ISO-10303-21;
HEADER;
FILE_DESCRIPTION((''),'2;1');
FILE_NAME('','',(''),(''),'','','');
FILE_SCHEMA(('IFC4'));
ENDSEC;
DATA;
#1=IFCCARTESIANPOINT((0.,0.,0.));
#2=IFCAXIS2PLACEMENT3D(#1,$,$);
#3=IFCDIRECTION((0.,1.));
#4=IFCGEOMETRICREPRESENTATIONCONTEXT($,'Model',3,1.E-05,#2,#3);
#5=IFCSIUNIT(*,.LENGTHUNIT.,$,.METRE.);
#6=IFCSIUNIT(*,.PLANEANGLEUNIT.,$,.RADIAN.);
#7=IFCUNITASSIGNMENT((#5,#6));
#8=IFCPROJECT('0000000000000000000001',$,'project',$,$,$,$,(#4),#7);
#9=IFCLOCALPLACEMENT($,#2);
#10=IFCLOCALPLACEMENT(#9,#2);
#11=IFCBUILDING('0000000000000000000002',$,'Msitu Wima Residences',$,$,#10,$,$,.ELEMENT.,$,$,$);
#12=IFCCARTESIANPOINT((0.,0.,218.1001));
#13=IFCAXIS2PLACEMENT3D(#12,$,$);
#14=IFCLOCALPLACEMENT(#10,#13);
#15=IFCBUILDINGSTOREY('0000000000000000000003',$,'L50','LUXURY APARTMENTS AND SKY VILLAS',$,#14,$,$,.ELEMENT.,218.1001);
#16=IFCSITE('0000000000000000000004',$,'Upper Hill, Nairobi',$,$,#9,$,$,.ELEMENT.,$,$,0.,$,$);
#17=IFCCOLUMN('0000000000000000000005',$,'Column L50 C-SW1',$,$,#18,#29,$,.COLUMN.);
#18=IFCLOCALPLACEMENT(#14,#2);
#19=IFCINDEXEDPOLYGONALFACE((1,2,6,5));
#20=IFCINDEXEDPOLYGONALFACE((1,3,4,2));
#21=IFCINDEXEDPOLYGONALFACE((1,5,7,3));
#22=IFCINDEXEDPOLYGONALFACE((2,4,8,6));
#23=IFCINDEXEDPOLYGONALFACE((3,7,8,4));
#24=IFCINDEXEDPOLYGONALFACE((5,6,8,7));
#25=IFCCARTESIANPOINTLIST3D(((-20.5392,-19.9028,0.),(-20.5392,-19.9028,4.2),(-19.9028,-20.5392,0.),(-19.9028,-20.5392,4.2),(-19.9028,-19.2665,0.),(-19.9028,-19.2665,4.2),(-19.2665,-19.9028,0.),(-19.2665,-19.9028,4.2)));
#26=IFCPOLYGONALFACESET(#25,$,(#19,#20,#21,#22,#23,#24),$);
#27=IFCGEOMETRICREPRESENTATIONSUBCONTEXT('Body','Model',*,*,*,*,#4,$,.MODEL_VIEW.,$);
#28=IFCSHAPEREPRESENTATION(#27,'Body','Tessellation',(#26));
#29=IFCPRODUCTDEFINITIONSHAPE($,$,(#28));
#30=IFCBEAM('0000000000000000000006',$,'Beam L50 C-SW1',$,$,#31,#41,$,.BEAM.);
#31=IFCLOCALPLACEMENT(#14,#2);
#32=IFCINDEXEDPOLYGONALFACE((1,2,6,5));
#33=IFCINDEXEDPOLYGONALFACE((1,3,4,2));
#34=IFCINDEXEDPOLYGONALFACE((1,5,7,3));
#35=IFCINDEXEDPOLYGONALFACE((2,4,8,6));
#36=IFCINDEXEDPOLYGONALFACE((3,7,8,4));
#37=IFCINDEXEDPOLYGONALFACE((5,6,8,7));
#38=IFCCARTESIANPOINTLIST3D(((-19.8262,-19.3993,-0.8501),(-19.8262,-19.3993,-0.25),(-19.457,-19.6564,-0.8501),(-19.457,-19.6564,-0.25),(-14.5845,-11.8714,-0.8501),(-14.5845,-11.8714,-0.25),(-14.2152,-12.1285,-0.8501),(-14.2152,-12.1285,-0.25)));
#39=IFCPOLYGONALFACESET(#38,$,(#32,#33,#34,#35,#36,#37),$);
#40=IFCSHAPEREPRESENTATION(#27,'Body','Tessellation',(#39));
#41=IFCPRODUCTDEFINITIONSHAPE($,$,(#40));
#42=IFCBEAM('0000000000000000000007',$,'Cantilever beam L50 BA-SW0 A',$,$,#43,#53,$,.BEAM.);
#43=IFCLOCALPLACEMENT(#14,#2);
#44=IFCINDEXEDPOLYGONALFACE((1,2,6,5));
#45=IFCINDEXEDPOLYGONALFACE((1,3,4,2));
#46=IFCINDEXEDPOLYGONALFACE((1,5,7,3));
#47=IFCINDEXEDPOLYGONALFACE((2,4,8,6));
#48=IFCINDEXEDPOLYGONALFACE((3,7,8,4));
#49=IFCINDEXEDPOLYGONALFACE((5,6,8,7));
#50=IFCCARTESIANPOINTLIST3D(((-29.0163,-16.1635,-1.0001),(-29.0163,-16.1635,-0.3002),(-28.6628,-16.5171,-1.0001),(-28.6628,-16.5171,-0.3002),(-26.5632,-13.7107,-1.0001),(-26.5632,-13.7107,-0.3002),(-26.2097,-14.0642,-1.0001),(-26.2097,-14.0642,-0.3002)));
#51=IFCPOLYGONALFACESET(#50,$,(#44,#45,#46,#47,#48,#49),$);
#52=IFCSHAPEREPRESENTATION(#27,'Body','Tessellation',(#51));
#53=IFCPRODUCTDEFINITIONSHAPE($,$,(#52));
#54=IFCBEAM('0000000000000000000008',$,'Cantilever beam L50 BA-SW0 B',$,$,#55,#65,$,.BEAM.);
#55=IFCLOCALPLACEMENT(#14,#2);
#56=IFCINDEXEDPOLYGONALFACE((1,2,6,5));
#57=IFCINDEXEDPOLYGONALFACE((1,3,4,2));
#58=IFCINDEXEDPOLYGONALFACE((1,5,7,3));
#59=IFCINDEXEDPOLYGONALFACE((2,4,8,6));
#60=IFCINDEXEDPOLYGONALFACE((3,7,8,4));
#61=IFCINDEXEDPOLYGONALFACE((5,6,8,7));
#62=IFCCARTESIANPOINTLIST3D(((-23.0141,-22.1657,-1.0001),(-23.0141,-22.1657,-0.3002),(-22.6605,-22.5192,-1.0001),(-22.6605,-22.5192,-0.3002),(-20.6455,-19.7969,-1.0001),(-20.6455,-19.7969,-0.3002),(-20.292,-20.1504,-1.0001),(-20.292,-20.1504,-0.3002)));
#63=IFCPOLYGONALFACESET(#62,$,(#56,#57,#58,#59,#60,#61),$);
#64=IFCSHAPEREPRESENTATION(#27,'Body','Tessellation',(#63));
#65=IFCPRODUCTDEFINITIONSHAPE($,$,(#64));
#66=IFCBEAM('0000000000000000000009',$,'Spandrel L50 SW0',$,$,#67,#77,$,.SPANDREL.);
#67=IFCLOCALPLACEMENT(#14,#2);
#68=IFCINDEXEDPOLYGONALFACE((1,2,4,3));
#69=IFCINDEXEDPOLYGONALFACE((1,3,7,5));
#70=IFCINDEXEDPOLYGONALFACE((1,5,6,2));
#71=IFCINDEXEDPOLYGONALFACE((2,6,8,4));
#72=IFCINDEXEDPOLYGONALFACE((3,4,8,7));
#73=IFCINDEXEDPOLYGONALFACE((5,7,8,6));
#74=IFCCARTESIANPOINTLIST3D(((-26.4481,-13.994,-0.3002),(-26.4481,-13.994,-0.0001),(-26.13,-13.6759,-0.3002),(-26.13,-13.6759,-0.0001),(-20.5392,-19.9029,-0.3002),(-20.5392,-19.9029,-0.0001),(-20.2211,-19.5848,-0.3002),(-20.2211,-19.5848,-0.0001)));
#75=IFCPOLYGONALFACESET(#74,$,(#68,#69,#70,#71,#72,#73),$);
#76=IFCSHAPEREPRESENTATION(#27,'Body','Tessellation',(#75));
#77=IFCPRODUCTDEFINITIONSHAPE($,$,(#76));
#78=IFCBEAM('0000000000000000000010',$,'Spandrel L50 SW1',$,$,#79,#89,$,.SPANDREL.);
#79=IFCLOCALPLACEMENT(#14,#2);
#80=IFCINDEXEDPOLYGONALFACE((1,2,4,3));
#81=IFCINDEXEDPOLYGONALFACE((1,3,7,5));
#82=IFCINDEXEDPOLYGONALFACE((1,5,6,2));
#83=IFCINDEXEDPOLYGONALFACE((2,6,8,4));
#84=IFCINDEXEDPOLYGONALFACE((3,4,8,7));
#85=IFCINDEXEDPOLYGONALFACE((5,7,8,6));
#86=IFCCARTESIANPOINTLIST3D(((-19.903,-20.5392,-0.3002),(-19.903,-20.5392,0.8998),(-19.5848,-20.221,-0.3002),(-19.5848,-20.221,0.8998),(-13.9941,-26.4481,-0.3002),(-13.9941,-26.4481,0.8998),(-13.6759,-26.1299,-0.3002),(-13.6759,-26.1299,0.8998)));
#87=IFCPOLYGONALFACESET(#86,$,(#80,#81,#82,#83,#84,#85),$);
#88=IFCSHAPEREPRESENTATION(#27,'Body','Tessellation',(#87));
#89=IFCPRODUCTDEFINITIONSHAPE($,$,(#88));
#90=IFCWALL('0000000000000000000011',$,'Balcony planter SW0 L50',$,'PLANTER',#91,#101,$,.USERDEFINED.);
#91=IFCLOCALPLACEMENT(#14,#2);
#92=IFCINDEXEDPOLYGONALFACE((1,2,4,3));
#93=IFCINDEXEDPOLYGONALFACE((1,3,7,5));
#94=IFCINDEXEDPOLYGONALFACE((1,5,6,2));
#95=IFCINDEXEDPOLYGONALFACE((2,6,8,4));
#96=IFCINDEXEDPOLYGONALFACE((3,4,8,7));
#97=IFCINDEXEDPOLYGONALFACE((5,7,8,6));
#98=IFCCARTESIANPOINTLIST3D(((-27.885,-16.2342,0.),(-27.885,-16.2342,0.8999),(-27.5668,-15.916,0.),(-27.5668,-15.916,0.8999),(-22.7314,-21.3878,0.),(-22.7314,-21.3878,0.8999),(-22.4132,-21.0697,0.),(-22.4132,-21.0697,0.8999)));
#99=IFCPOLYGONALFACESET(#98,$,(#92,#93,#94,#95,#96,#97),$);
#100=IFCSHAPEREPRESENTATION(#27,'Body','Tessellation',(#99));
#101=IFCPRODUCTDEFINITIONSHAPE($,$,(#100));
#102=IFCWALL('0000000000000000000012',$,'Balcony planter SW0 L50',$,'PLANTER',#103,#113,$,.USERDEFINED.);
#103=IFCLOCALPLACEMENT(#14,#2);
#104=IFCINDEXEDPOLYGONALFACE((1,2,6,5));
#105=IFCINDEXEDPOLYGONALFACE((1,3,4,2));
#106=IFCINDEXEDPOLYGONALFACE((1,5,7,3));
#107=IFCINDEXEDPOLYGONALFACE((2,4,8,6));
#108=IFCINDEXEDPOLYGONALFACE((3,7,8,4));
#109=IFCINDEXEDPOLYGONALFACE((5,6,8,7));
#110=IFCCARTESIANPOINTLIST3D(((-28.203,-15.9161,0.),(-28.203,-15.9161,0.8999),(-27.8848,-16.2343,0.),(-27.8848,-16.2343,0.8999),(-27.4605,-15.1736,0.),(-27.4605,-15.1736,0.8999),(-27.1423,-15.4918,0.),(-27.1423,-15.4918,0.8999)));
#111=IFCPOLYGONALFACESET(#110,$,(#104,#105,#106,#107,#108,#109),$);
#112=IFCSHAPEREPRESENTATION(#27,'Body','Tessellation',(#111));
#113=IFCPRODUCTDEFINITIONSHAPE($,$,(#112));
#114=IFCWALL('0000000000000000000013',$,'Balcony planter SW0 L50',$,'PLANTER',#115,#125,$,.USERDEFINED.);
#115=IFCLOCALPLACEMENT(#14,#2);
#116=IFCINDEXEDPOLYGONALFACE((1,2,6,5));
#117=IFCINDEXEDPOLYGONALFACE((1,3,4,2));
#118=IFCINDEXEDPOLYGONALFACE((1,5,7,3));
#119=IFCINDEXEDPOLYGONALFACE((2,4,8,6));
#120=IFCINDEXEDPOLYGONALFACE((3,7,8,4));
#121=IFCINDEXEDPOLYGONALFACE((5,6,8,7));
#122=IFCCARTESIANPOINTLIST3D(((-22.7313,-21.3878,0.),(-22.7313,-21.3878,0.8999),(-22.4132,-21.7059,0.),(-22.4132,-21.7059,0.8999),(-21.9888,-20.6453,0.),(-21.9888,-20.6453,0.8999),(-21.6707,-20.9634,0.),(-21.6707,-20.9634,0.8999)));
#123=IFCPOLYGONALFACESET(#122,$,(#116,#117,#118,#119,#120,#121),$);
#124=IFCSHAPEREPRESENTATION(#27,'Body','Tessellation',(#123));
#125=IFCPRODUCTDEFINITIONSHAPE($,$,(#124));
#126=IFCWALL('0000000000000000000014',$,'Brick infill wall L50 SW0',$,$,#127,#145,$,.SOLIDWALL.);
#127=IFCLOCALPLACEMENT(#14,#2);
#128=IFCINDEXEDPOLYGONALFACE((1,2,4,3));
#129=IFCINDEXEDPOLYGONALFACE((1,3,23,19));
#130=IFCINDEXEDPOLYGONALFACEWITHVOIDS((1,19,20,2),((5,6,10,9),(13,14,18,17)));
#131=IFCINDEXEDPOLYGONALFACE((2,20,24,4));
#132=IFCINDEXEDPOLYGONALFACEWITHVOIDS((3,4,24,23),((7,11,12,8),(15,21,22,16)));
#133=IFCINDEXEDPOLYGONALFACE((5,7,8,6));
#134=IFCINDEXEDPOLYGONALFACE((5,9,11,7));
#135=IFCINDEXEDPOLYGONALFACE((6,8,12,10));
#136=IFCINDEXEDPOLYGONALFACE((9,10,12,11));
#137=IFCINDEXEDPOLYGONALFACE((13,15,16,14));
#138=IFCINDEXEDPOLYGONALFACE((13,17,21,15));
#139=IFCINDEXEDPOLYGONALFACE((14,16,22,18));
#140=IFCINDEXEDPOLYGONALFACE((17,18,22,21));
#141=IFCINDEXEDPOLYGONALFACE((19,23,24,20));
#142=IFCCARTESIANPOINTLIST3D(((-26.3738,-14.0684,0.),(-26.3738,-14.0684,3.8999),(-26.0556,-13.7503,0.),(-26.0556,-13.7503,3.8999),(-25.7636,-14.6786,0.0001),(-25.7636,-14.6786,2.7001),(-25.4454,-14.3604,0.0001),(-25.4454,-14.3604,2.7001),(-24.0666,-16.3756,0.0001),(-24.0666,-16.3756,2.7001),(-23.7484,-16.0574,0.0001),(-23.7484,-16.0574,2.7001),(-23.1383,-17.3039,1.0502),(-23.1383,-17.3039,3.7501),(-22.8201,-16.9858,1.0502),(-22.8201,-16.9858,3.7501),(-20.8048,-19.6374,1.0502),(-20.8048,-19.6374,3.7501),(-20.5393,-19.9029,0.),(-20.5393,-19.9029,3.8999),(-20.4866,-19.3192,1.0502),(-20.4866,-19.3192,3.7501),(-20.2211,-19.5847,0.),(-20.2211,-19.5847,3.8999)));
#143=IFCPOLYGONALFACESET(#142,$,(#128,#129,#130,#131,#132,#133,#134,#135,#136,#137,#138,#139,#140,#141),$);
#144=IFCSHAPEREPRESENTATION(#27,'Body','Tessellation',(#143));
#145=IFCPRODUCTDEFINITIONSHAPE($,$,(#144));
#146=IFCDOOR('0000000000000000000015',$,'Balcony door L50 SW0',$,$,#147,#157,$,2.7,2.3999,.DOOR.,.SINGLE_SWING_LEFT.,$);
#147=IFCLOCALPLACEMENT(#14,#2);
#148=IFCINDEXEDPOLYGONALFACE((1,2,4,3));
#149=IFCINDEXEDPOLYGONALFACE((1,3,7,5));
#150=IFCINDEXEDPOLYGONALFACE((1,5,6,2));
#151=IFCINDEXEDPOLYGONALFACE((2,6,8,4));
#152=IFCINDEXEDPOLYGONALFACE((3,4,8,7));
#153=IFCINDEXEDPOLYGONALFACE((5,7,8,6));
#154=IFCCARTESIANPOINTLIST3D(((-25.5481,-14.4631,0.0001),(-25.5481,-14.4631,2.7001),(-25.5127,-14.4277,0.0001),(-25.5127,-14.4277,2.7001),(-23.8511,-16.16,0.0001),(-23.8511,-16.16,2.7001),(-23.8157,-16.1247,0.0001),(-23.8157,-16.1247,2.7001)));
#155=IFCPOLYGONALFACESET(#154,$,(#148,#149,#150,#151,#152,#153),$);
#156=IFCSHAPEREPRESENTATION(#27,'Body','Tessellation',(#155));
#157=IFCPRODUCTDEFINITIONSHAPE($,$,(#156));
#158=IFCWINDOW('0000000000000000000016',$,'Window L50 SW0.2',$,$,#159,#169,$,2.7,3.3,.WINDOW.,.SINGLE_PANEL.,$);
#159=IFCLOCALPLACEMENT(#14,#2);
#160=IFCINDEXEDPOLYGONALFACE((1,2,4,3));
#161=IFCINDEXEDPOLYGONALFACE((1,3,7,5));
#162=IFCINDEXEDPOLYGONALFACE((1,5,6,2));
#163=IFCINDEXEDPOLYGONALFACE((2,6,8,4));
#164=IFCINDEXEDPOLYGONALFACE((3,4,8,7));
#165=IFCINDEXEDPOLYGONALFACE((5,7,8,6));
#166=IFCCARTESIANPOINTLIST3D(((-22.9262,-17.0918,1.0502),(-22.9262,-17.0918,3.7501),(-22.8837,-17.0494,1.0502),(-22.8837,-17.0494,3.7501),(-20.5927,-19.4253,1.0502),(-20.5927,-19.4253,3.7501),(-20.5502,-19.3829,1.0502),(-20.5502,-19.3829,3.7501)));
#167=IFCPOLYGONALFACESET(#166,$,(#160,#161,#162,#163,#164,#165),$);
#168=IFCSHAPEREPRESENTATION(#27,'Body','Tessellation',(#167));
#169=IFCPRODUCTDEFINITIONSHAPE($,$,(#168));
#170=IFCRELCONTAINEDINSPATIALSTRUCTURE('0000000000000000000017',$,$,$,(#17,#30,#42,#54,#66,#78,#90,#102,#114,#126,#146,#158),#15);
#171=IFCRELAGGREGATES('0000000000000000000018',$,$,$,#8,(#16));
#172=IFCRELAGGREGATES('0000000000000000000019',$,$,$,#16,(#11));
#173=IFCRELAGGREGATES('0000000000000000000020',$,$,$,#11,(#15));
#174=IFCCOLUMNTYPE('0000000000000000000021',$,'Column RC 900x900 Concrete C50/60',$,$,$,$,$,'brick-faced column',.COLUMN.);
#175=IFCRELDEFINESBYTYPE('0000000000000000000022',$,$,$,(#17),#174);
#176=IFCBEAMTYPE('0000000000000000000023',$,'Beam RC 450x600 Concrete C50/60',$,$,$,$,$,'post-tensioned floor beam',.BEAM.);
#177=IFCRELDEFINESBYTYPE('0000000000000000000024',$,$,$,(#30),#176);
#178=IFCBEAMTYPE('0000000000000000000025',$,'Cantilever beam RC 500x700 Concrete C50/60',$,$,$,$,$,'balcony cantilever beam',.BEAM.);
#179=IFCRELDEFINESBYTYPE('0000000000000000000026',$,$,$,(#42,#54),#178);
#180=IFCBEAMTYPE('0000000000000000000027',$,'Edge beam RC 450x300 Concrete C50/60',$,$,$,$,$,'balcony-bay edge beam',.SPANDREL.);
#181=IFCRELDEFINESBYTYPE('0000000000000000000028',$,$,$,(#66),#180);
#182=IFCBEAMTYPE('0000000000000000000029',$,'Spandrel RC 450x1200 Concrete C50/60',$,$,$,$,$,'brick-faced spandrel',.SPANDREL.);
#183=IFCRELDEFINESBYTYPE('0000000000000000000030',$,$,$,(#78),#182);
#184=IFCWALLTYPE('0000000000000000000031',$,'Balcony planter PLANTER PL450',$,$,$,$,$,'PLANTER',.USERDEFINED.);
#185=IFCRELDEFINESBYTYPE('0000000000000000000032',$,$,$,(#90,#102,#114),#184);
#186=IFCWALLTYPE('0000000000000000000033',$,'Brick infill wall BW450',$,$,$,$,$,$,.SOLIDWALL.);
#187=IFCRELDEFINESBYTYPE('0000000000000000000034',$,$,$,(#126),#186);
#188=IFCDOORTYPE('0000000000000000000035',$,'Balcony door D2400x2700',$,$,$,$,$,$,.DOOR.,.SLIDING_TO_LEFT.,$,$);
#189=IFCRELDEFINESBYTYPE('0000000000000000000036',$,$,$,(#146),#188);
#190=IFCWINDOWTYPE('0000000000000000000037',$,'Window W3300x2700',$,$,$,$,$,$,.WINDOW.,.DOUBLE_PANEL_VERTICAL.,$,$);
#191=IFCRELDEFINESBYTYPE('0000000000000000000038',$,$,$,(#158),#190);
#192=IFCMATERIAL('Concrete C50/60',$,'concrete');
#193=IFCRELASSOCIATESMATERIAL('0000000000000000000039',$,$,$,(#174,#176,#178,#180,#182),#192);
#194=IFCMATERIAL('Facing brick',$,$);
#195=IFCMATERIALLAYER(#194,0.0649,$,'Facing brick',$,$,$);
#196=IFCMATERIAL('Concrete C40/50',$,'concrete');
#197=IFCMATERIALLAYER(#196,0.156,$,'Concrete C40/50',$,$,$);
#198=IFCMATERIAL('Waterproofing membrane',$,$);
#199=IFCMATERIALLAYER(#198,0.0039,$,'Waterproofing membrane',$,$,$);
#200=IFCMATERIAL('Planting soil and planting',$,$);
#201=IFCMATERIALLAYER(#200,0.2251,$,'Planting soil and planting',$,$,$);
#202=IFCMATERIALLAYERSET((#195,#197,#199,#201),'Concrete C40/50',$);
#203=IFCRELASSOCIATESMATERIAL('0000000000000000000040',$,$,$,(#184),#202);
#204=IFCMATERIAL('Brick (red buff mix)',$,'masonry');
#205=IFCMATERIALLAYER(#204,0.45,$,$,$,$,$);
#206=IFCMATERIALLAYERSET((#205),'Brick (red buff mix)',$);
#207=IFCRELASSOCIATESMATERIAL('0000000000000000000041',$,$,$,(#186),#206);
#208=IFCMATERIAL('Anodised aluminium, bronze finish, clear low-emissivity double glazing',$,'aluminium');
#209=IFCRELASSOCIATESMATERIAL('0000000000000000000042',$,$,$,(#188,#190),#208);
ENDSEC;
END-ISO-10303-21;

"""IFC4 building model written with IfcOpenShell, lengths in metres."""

from ifc_helpers import new_model, si_unit, direction, frame, frame_2d, origin, origin_2d, place, context, subcontext, project, spatial, rectangle, extrude, material, layer, layer_set, material_profile, profile_set, type_object, element, fill, save


model = new_model("IFC4")

# Units and contexts
model_context = context("Model", 3, precision=1e-05, world=origin(), true_north=direction((0.0, 1.0)))
body_context = subcontext(model_context, "Body", "Model", "MODEL_VIEW")
ifc_project = project(units=[si_unit("LENGTHUNIT", "METRE"), si_unit("PLANEANGLEUNIT", "RADIAN")], contexts=[model_context])

# Site, building, storey
site_placement = place(None, origin())
site = spatial("IfcSite", under=ifc_project, at=site_placement, Name="Upper Hill, Nairobi", CompositionType="ELEMENT", RefElevation=0.0)
building_placement = place(site_placement, origin())
building = spatial("IfcBuilding", under=site, at=building_placement, Name="Msitu Wima Residences", CompositionType="ELEMENT")
storey_placement = place(building_placement, frame((0.0, 0.0, 218.1001)))
storey = spatial("IfcBuildingStorey", under=building, at=storey_placement, Name="L50", Description="LUXURY APARTMENTS AND SKY VILLAS", CompositionType="ELEMENT", Elevation=218.1001)

# Column
ifc_material_1 = material(Name="Concrete C50/60", Category="concrete")
ifc_material_profile_1 = material_profile(ifc_material_1, rectangle(XDim=0.8999, YDim=0.8999, at=origin_2d()), Name="RC 900x900")
ifc_profile_set_1 = profile_set([ifc_material_profile_1], Name="Concrete C50/60")
column_type = type_object("IfcColumnType", Name="Column RC 900x900 Concrete C50/60", ElementType="brick-faced column", PredefinedType="COLUMN", material=ifc_profile_set_1)
column_placement = place(storey_placement, frame((-19.9028, -19.9028, 0.0), z_axis=(0.0, 0.0, 1.0), x_axis=(0.707107, -0.707107, 0.0)))
element("IfcColumn", 1, at=column_placement, inside=storey, type_object=column_type, Name="Column L50 C-SW1", PredefinedType="COLUMN", context=body_context, shape_type="SweptSolid", body=[
    extrude(rectangle(XDim=0.8999, YDim=0.8999, at=origin_2d()), origin(), (0.0, 0.0, 1.0), 4.2),
])

# Beams
ifc_material_profile_2 = material_profile(ifc_material_1, rectangle(XDim=0.45, YDim=0.6001, at=origin_2d()), Name="RC 450x600")
ifc_profile_set_2 = profile_set([ifc_material_profile_2], Name="Concrete C50/60")
beam_type_1 = type_object("IfcBeamType", Name="Beam RC 450x600 Concrete C50/60", ElementType="post-tensioned floor beam", PredefinedType="BEAM", material=ifc_profile_set_2)
beam_1_placement = place(storey_placement, frame((-19.6416, -19.5278, -0.55), z_axis=(0.571428, 0.820652, 0.0), x_axis=(-0.820652, 0.571428, 0.0)))
element("IfcBeam", 2, at=beam_1_placement, inside=storey, type_object=beam_type_1, Name="Beam L50 C-SW1", PredefinedType="BEAM", context=body_context, shape_type="SweptSolid", body=[
    extrude(rectangle(XDim=0.45, YDim=0.6001, at=origin_2d()), origin(), (0.0, 0.0, 1.0), 9.1731),
])
ifc_material_profile_3 = material_profile(ifc_material_1, rectangle(XDim=0.5, YDim=0.7, at=origin_2d()), Name="RC 500x700")
ifc_profile_set_3 = profile_set([ifc_material_profile_3], Name="Concrete C50/60")
beam_type_2 = type_object("IfcBeamType", Name="Cantilever beam RC 500x700 Concrete C50/60", ElementType="balcony cantilever beam", PredefinedType="BEAM", material=ifc_profile_set_3)
beam_2_placement = place(storey_placement, frame((-26.3865, -13.8875, -0.6501), z_axis=(-0.707142, -0.707072, 0.0), x_axis=(0.707072, -0.707142, 0.0)))
element("IfcBeam", 3, at=beam_2_placement, inside=storey, type_object=beam_type_2, Name="Cantilever beam L50 BA-SW0 A", PredefinedType="BEAM", context=body_context, shape_type="SweptSolid", body=[
    extrude(rectangle(XDim=0.5, YDim=0.7, at=origin_2d()), origin(), (0.0, 0.0, 1.0), 3.469),
])
beam_3_placement = place(storey_placement, frame((-20.4688, -19.9736, -0.6501), z_axis=(-0.70707, -0.707143, 0.0), x_axis=(0.707143, -0.70707, 0.0)))
element("IfcBeam", 4, at=beam_3_placement, inside=storey, type_object=beam_type_2, Name="Cantilever beam L50 BA-SW0 B", PredefinedType="BEAM", context=body_context, shape_type="SweptSolid", body=[
    extrude(rectangle(XDim=0.5, YDim=0.7, at=origin_2d()), origin(), (0.0, 0.0, 1.0), 3.3499),
])
ifc_material_profile_4 = material_profile(ifc_material_1, rectangle(XDim=0.45, YDim=0.3, at=origin_2d()), Name="RC 450x300")
ifc_profile_set_4 = profile_set([ifc_material_profile_4], Name="Concrete C50/60")
beam_type_3 = type_object("IfcBeamType", Name="Edge beam RC 450x300 Concrete C50/60", ElementType="balcony-bay edge beam", PredefinedType="SPANDREL", material=ifc_profile_set_4)
beam_4_placement = place(storey_placement, frame((-26.2891, -13.835, -0.1501), z_axis=(0.707107, -0.707107, 0.0), x_axis=(0.707107, 0.707107, 0.0)))
element("IfcBeam", 5, at=beam_4_placement, inside=storey, type_object=beam_type_3, Name="Spandrel L50 SW0", PredefinedType="SPANDREL", context=body_context, shape_type="SweptSolid", body=[
    extrude(rectangle(XDim=0.45, YDim=0.3, at=origin_2d()), origin(), (0.0, 0.0, 1.0), 8.3564),
])
ifc_material_profile_5 = material_profile(ifc_material_1, rectangle(XDim=0.45, YDim=1.2, at=origin_2d()), Name="RC 450x1200")
ifc_profile_set_5 = profile_set([ifc_material_profile_5], Name="Concrete C50/60")
beam_type_4 = type_object("IfcBeamType", Name="Spandrel RC 450x1200 Concrete C50/60", ElementType="brick-faced spandrel", PredefinedType="SPANDREL", material=ifc_profile_set_5)
beam_5_placement = place(storey_placement, frame((-19.7439, -20.3801, 0.2998), z_axis=(0.707107, -0.707107, 0.0), x_axis=(0.707107, 0.707107, 0.0)))
element("IfcBeam", 6, at=beam_5_placement, inside=storey, type_object=beam_type_4, Name="Spandrel L50 SW1", PredefinedType="SPANDREL", context=body_context, shape_type="SweptSolid", body=[
    extrude(rectangle(XDim=0.45, YDim=1.2, at=origin_2d()), origin(), (0.0, 0.0, 1.0), 8.3564),
])

# Walls
ifc_material_2 = material(Name="Facing brick")
ifc_layer_1 = layer(ifc_material_2, 0.0649, Name="Facing brick")
ifc_material_3 = material(Name="Concrete C40/50", Category="concrete")
ifc_layer_2 = layer(ifc_material_3, 0.156, Name="Concrete C40/50")
ifc_material_4 = material(Name="Waterproofing membrane")
ifc_layer_3 = layer(ifc_material_4, 0.0039, Name="Waterproofing membrane")
ifc_material_5 = material(Name="Planting soil and planting")
ifc_layer_4 = layer(ifc_material_5, 0.2251, Name="Planting soil and planting")
ifc_layer_set_1 = layer_set([ifc_layer_1, ifc_layer_2, ifc_layer_3, ifc_layer_4], Name="Concrete C40/50")
wall_type_1 = type_object("IfcWallType", Name="Balcony planter PLANTER PL450", ElementType="PLANTER", PredefinedType="USERDEFINED", material=ifc_layer_set_1)
wall_1_placement = place(storey_placement, frame((-27.7258, -16.0752, 0.0), z_axis=(0.0, 0.0, 1.0), x_axis=(0.707107, -0.707107, 0.0)))
element("IfcWall", 7, at=wall_1_placement, inside=storey, type_object=wall_type_1, Name="Balcony planter SW0 L50", ObjectType="PLANTER", PredefinedType="USERDEFINED", context=body_context, shape_type="SweptSolid", body=[
    extrude(rectangle(XDim=7.2883, YDim=0.45, at=frame_2d((3.644, 0.0))), origin(), (0.0, 0.0, 1.0), 0.8999),
])
for number, where, z_axis, x_axis, name in (
    (8, (-27.3015, -15.3328, 0.0), (0.0, 0.0, 1.0), (-0.707107, -0.707107, 0.0), "Balcony planter SW0 L50"),
    (9, (-21.8298, -20.8044, 0.0), (0.0, 0.0, 1.0), (-0.707107, -0.707107, 0.0), "Balcony planter SW0 L50"),
):
    element("IfcWall", number, at=place(storey_placement, frame(where, z_axis=z_axis, x_axis=x_axis)), inside=storey, type_object=wall_type_1, Name=name, ObjectType="PLANTER", PredefinedType="USERDEFINED", context=body_context, shape_type="SweptSolid", body=[
        extrude(rectangle(XDim=1.05, YDim=0.45, at=frame_2d((0.5249, 0.0))), origin(), (0.0, 0.0, 1.0), 0.8999),
    ])

# Wall, openings, door, window
ifc_material_6 = material(Name="Brick (red buff mix)", Category="masonry")
ifc_layer_5 = layer(ifc_material_6, 0.45)
ifc_layer_set_2 = layer_set([ifc_layer_5], Name="Brick (red buff mix)")
wall_type_2 = type_object("IfcWallType", Name="Brick infill wall BW450", PredefinedType="SOLIDWALL", material=ifc_layer_set_2)
wall_2_placement = place(storey_placement, frame((-26.2146, -13.9094, 0.0), z_axis=(0.0, 0.0, 1.0), x_axis=(0.707107, -0.707107, 0.0)))
wall_2 = element("IfcWall", 10, at=wall_2_placement, inside=storey, type_object=wall_type_2, Name="Brick infill wall L50 SW0", PredefinedType="SOLIDWALL", context=body_context, shape_type="SweptSolid", body=[
    extrude(rectangle(XDim=8.2512, YDim=0.45, at=frame_2d((4.1255, 0.0))), origin(), (0.0, 0.0, 1.0), 3.8999),
])
opening_1_placement = place(wall_2_placement, frame((0.8628, 0.0, 0.0)))
opening_1 = element("IfcOpeningElement", 11, at=opening_1_placement, cuts=wall_2, PredefinedType="OPENING", context=body_context, shape_type="SweptSolid", body=[
    extrude(rectangle(XDim=2.3999, YDim=2.7, at=frame_2d((1.2, 1.3501))), frame((0.0, 0.2349, 0.0), z_axis=(0.0, -1.0, 0.0), x_axis=(1.0, 0.0, 0.0)), (0.0, 0.0, 1.0), 0.47),
])
opening_2_placement = place(wall_2_placement, frame((4.5757, 0.0, 1.05)))
opening_2 = element("IfcOpeningElement", 12, at=opening_2_placement, cuts=wall_2, PredefinedType="OPENING", context=body_context, shape_type="SweptSolid", body=[
    extrude(rectangle(XDim=3.3, YDim=2.7, at=frame_2d((1.6499, 1.3501))), frame((0.0, 0.2349, 0.0), z_axis=(0.0, -1.0, 0.0), x_axis=(1.0, 0.0, 0.0)), (0.0, 0.0, 1.0), 0.47),
])
ifc_material_7 = material(Name="Anodised aluminium, bronze finish, clear low-emissivity double glazing", Category="aluminium")
door_type_1 = type_object("IfcDoorType", Name="Balcony door D2400x2700", OperationType="SLIDING_TO_LEFT", PredefinedType="DOOR", material=ifc_material_7)
door_1_placement = place(opening_1_placement, origin())
door_1 = element("IfcDoor", 13, at=door_1_placement, inside=storey, type_object=door_type_1, Name="Balcony door L50 SW0", OperationType="SINGLE_SWING_LEFT", OverallHeight=2.7, OverallWidth=2.3999, PredefinedType="DOOR", context=body_context, shape_type="SweptSolid", body=[
    extrude(rectangle(XDim=2.3999, YDim=2.7, at=frame_2d((1.2, 1.3501))), frame((0.0, 0.1299, 0.0), z_axis=(0.0, -1.0, 0.0), x_axis=(1.0, 0.0, 0.0)), (0.0, 0.0, 1.0), 0.05),
])
fill(opening_1, door_1)
window_type = type_object("IfcWindowType", Name="Window W3300x2700", PartitioningType="DOUBLE_PANEL_VERTICAL", PredefinedType="WINDOW", material=ifc_material_7)
window_1_placement = place(opening_2_placement, origin())
window_1 = element("IfcWindow", 14, at=window_1_placement, inside=storey, type_object=window_type, Name="Window L50 SW0.2", OverallHeight=2.7, OverallWidth=3.3, PartitioningType="SINGLE_PANEL", PredefinedType="WINDOW", context=body_context, shape_type="SweptSolid", body=[
    extrude(rectangle(XDim=3.3, YDim=2.7, at=frame_2d((1.6499, 1.3501))), frame((0.0, 0.135, 0.0), z_axis=(0.0, -1.0, 0.0), x_axis=(1.0, 0.0, 0.0)), (0.0, 0.0, 1.0), 0.0601),
])
fill(opening_2, window_1)

save(model, "model.ifc")
